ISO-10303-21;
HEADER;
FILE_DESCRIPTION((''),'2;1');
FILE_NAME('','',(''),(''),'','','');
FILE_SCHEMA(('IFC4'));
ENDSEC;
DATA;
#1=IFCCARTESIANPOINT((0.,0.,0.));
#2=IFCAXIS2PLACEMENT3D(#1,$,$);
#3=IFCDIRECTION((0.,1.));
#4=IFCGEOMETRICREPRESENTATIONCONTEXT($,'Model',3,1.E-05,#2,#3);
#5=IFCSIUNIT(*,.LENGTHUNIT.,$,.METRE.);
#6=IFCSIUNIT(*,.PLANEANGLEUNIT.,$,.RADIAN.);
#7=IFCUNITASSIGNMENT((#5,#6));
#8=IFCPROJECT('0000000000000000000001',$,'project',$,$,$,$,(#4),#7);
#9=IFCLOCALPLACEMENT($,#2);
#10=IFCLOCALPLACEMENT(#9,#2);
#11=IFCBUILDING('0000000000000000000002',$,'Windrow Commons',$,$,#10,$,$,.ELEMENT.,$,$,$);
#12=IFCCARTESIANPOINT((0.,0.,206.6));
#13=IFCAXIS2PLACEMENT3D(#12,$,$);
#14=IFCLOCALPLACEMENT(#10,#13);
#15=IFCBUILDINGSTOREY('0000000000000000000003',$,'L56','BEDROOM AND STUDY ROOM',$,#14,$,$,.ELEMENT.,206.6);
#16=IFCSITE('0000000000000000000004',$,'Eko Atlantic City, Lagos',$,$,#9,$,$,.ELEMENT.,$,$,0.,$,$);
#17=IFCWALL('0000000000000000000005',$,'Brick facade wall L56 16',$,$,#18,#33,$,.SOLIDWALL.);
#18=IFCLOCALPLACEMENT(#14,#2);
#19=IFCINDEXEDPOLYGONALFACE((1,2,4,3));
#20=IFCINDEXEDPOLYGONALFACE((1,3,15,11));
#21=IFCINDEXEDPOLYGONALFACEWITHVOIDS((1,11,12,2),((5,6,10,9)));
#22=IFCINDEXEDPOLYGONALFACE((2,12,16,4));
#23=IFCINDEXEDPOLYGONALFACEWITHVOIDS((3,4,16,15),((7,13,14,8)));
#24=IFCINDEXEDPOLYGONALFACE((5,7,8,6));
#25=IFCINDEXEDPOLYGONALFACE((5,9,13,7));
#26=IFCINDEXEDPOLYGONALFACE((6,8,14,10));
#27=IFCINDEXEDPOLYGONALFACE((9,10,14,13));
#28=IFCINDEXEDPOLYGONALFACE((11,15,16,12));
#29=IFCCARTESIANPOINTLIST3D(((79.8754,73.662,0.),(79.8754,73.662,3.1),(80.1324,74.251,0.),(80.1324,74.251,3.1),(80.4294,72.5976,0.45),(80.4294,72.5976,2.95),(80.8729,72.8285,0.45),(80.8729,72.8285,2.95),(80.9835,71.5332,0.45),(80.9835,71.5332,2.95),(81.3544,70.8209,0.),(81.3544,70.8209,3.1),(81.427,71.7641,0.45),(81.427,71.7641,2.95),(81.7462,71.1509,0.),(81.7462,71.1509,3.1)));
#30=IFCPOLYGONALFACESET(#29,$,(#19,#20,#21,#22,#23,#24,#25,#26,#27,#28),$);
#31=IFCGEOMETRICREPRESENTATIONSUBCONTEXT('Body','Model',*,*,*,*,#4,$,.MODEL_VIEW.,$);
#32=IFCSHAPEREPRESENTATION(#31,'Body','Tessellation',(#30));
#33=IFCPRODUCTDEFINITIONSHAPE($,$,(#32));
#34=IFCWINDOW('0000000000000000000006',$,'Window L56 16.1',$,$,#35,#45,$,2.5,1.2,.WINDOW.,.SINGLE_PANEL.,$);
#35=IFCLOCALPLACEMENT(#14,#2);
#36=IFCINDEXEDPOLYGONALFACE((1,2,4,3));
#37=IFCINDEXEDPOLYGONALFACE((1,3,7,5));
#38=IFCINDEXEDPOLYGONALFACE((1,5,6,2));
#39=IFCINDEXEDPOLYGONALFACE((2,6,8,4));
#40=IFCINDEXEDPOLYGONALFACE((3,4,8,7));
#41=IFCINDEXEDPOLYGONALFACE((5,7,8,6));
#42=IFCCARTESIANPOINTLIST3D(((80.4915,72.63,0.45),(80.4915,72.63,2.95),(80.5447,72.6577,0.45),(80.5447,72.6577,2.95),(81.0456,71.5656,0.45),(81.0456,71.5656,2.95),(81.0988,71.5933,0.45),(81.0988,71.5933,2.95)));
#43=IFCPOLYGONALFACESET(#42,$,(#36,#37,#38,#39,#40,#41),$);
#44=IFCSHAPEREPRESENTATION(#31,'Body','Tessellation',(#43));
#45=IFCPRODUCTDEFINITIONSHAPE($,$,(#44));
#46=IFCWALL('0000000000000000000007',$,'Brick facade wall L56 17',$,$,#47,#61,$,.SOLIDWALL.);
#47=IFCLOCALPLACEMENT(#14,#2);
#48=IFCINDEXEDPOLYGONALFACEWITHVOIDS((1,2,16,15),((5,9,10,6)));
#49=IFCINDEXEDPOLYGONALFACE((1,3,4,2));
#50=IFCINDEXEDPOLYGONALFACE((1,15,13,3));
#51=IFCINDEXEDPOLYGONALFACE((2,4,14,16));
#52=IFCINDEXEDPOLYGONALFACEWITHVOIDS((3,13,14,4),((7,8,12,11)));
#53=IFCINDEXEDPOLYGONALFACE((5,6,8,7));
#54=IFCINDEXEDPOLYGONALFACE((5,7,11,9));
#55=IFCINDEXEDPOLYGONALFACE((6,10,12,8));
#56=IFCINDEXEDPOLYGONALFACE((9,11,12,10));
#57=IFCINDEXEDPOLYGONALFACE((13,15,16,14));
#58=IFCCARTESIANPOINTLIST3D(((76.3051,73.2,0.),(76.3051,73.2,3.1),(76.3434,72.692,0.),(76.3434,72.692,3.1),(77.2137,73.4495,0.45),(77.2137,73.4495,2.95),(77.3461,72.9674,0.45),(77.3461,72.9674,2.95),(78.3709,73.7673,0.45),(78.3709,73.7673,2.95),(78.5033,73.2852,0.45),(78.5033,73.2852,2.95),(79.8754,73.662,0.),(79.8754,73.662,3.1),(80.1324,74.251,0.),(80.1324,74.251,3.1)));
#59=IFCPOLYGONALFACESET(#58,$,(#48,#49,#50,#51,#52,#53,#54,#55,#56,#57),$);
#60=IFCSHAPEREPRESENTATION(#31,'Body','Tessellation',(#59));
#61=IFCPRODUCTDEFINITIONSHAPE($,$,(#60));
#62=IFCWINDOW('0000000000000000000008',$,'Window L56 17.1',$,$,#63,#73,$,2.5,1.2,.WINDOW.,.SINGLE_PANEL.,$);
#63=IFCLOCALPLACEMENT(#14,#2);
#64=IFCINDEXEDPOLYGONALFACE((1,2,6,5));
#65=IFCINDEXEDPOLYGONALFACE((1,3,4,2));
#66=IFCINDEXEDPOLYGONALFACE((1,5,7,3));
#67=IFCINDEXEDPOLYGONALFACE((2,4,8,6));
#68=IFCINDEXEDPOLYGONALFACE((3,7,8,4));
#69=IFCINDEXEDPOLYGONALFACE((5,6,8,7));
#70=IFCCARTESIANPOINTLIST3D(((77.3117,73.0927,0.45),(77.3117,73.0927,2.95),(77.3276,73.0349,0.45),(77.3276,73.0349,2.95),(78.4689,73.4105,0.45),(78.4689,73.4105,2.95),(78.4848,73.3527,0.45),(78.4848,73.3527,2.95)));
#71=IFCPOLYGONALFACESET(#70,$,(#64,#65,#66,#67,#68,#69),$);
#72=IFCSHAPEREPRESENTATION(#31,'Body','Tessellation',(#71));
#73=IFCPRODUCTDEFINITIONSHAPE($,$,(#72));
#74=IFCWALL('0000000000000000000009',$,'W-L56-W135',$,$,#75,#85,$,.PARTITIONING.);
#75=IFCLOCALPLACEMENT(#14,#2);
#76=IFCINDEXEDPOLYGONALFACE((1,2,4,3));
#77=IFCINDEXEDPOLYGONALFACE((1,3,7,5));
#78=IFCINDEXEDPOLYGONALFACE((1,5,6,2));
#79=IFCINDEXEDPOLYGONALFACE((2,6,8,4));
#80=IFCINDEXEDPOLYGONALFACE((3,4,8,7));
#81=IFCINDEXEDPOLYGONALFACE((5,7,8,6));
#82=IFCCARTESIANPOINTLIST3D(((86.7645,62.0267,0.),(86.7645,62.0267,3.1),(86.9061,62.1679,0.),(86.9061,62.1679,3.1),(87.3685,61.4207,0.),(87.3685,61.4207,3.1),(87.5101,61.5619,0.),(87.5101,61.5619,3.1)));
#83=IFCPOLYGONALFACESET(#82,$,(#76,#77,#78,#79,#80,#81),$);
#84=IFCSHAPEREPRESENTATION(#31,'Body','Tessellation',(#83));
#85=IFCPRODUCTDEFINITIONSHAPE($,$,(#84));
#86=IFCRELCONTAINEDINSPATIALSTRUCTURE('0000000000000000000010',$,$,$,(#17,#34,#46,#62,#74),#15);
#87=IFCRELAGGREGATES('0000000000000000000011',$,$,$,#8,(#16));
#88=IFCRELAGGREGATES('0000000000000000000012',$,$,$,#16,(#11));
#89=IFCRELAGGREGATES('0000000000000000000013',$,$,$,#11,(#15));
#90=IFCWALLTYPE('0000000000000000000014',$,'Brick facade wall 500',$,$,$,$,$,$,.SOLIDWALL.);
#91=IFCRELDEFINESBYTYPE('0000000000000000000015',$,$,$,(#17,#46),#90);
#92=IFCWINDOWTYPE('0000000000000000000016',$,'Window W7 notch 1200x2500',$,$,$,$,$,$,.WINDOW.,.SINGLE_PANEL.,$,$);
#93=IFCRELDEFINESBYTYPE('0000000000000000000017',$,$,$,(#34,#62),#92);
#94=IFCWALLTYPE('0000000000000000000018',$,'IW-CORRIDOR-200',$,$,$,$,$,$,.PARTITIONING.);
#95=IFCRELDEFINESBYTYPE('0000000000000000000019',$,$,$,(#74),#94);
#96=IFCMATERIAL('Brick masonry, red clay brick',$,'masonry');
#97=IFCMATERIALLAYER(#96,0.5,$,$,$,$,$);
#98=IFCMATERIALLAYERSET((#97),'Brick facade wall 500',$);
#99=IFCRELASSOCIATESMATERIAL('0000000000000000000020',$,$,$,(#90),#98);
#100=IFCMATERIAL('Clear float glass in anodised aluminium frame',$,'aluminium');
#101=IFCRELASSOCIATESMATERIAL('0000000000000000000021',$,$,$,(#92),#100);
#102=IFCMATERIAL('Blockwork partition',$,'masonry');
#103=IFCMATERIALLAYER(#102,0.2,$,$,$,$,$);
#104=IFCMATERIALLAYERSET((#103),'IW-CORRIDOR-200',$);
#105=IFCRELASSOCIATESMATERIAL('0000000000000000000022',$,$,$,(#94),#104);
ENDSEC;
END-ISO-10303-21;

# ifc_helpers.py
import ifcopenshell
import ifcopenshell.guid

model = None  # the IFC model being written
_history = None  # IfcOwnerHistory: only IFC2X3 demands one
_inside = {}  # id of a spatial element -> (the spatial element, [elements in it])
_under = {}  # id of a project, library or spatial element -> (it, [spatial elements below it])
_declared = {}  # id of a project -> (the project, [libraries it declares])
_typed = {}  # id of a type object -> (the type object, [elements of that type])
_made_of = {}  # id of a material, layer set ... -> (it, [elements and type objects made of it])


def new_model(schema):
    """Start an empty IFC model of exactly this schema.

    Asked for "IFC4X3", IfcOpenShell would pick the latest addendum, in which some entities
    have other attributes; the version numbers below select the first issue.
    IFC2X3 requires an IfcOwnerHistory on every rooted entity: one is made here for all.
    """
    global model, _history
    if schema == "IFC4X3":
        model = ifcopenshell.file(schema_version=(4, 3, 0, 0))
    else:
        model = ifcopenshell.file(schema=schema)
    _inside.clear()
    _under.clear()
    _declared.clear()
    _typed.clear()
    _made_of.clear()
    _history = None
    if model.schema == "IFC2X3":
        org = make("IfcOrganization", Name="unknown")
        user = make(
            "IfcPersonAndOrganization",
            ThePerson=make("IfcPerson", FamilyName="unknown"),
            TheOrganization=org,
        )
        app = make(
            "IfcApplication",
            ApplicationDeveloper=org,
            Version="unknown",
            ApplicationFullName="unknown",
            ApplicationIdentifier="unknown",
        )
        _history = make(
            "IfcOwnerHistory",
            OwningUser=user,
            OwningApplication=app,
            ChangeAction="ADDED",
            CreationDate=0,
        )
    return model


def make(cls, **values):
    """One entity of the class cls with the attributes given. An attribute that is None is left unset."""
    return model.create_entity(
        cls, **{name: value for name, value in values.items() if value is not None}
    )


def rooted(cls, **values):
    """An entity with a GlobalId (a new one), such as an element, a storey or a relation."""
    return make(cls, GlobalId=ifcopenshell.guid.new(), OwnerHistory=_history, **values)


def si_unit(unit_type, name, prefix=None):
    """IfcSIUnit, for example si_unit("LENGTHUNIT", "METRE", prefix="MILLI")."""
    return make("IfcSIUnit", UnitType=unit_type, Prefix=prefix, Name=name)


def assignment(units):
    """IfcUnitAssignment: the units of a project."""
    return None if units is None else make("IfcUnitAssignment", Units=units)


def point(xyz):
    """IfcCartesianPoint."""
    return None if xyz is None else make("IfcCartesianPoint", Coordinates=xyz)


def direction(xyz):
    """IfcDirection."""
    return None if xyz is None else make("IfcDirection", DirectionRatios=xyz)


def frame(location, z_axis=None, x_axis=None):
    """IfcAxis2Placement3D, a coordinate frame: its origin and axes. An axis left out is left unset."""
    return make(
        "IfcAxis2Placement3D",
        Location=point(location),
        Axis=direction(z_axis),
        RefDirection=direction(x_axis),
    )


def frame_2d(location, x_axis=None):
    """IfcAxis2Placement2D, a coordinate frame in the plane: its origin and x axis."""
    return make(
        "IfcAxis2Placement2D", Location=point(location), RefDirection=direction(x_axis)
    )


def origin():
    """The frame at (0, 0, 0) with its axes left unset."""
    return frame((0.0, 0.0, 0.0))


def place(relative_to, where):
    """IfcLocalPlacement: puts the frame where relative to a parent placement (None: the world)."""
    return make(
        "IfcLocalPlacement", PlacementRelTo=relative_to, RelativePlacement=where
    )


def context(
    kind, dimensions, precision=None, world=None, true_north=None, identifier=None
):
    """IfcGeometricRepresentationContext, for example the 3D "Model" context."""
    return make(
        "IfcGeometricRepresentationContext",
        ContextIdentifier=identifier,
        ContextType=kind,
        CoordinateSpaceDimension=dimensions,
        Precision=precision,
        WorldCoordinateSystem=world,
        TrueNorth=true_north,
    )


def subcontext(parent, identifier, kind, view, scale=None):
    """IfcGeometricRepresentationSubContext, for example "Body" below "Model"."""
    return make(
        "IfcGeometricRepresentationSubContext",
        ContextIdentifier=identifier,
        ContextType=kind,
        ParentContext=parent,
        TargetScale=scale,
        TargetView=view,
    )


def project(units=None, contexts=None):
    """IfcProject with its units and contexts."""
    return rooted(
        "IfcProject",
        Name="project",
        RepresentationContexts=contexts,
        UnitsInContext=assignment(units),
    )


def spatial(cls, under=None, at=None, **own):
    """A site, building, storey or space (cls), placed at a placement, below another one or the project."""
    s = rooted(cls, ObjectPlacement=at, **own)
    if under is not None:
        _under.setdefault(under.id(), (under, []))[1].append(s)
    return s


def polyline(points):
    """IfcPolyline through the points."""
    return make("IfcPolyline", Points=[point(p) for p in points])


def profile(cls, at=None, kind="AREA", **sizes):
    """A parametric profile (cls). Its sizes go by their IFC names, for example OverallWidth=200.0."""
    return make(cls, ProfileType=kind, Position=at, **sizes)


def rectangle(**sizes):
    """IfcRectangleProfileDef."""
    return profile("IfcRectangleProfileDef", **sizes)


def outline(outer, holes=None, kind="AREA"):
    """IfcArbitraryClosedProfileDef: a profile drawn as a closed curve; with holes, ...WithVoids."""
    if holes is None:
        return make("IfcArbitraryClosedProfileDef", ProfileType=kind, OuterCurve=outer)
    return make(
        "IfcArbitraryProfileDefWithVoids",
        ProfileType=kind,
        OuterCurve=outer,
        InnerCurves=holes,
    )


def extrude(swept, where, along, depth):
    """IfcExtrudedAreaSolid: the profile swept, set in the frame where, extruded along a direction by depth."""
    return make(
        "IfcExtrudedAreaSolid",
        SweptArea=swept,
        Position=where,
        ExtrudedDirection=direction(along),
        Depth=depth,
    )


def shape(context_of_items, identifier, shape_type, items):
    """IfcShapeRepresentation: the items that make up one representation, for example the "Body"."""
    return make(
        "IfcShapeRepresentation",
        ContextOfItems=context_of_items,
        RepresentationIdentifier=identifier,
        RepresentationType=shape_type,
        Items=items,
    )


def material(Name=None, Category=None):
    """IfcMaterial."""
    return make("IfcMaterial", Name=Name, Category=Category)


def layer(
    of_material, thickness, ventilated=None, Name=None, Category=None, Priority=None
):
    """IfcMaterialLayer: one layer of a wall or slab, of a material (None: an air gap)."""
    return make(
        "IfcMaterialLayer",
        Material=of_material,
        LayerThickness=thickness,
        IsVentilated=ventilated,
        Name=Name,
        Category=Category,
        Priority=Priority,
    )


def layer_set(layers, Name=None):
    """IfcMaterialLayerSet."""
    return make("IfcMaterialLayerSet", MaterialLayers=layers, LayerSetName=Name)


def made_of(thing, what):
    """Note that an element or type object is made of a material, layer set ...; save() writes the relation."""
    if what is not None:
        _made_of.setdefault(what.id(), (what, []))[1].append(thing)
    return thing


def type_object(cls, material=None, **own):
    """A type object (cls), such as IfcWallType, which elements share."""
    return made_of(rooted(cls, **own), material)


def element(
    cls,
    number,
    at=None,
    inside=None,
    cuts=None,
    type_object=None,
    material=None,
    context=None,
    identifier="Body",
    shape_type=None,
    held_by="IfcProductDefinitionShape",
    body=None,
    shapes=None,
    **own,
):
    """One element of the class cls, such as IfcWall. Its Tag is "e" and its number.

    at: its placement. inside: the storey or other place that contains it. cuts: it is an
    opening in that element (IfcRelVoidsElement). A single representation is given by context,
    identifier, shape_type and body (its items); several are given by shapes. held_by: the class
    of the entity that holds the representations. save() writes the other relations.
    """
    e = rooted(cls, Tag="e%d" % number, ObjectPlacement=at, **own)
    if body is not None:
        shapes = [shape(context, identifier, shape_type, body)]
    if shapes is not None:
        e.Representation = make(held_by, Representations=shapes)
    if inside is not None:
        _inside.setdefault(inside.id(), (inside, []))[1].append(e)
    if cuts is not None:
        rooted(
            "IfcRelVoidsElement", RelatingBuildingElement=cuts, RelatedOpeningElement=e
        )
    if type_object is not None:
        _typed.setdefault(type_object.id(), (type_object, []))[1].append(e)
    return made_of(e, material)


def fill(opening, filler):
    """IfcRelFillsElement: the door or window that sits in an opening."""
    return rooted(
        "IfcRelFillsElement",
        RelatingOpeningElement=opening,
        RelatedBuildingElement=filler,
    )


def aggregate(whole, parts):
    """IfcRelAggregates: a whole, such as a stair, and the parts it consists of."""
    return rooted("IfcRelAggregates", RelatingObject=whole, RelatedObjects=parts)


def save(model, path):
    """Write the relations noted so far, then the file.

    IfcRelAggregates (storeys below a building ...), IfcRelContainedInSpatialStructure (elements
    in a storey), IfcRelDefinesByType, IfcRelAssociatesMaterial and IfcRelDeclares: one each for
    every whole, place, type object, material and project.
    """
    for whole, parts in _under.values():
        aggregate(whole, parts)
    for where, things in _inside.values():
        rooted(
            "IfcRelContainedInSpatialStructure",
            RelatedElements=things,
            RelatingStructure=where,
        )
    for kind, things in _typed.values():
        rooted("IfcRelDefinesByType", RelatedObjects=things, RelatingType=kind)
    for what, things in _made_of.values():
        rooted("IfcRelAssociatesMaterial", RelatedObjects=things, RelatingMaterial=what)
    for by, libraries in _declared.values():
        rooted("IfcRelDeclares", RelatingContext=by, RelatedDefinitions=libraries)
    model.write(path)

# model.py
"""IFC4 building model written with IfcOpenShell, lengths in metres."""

from ifc_helpers import new_model, si_unit, direction, frame, frame_2d, origin, place, context, subcontext, project, spatial, polyline, rectangle, outline, extrude, material, layer, layer_set, type_object, element, fill, save


model = new_model("IFC4")

# Units and contexts
model_context = context("Model", 3, precision=1e-05, world=origin(), true_north=direction((0.0, 1.0)))
body_context = subcontext(model_context, "Body", "Model", "MODEL_VIEW")
ifc_project = project(units=[si_unit("LENGTHUNIT", "METRE"), si_unit("PLANEANGLEUNIT", "RADIAN")], contexts=[model_context])

# Site, building, storey
site_placement = place(None, origin())
site = spatial("IfcSite", under=ifc_project, at=site_placement, Name="Eko Atlantic City, Lagos", CompositionType="ELEMENT", RefElevation=0.0)
building_placement = place(site_placement, origin())
building = spatial("IfcBuilding", under=site, at=building_placement, Name="Windrow Commons", CompositionType="ELEMENT")
storey_placement = place(building_placement, frame((0.0, 0.0, 206.6)))
storey = spatial("IfcBuildingStorey", under=building, at=storey_placement, Name="L56", Description="BEDROOM AND STUDY ROOM", CompositionType="ELEMENT", Elevation=206.6)

# Walls, openings, windows
ifc_material_1 = material(Name="Brick masonry, red clay brick", Category="masonry")
ifc_layer_1 = layer(ifc_material_1, 0.5)
ifc_layer_set_1 = layer_set([ifc_layer_1], Name="Brick facade wall 500")
wall_type_1 = type_object("IfcWallType", Name="Brick facade wall 500", PredefinedType="SOLIDWALL", material=ifc_layer_set_1)
ifc_material_2 = material(Name="Clear float glass in anodised aluminium frame", Category="aluminium")
window_type = type_object("IfcWindowType", Name="Window W7 notch 1200x2500", PartitioningType="SINGLE_PANEL", PredefinedType="WINDOW", material=ifc_material_2)
wall_1_placement = place(storey_placement, frame((81.5503, 70.9859, 0.0), z_axis=(0.0, 0.0, 1.0), x_axis=(-0.461749, 0.88701, 0.0)))
wall_1 = element("IfcWall", 1, at=wall_1_placement, inside=storey, type_object=wall_type_1, Name="Brick facade wall L56 16", PredefinedType="SOLIDWALL", context=body_context, shape_type="SweptSolid", body=[
    extrude(outline(polyline([(0.0559, -0.25), (3.5509, -0.25), (3.1471, 0.25), (-0.0559, 0.25), (0.0559, -0.25)])), origin(), (0.0, 0.0, 1.0), 3.1),
])
opening_1_placement = place(wall_1_placement, frame((0.7472, 0.0, 0.45)))
opening_1 = element("IfcOpeningElement", 2, at=opening_1_placement, cuts=wall_1, PredefinedType="OPENING", context=body_context, shape_type="SweptSolid", body=[
    extrude(rectangle(XDim=1.2, YDim=2.5, at=frame_2d((0.6, 1.25))), frame((0.0, 0.26, 0.0), z_axis=(0.0, -1.0, 0.0), x_axis=(1.0, 0.0, 0.0)), (0.0, 0.0, 1.0), 0.52),
])
window_1_placement = place(opening_1_placement, origin())
window_1 = element("IfcWindow", 3, at=window_1_placement, inside=storey, type_object=window_type, Name="Window L56 16.1", OverallHeight=2.5, OverallWidth=1.2, PartitioningType="SINGLE_PANEL", PredefinedType="WINDOW", context=body_context, shape_type="SweptSolid", body=[
    extrude(rectangle(XDim=1.2, YDim=2.5, at=frame_2d((0.6, 1.25))), frame((0.0, 0.18, 0.0), z_axis=(0.0, -1.0, 0.0), x_axis=(1.0, 0.0, 0.0)), (0.0, 0.0, 1.0), 0.06),
])
fill(opening_1, window_1)
wall_2_placement = place(storey_placement, frame((80.0039, 73.9565, 0.0), z_axis=(0.0, 0.0, 1.0), x_axis=(-0.9643, -0.264811, 0.0)))
wall_2 = element("IfcWall", 4, at=wall_2_placement, inside=storey, type_object=wall_type_1, Name="Brick facade wall L56 17", PredefinedType="SOLIDWALL", context=body_context, shape_type="SweptSolid", body=[
    extrude(outline(polyline([(-0.2019, -0.25), (3.7671, -0.25), (3.8647, 0.25), (0.2019, 0.25), (-0.2019, -0.25)])), origin(), (0.0, 0.0, 1.0), 3.1),
])
opening_2_placement = place(wall_2_placement, frame((1.6248, 0.0, 0.45)))
opening_2 = element("IfcOpeningElement", 5, at=opening_2_placement, cuts=wall_2, PredefinedType="OPENING", context=body_context, shape_type="SweptSolid", body=[
    extrude(rectangle(XDim=1.2, YDim=2.5, at=frame_2d((0.6, 1.25))), frame((0.0, 0.26, 0.0), z_axis=(0.0, -1.0, 0.0), x_axis=(1.0, 0.0, 0.0)), (0.0, 0.0, 1.0), 0.52),
])
window_2_placement = place(opening_2_placement, origin())
window_2 = element("IfcWindow", 6, at=window_2_placement, inside=storey, type_object=window_type, Name="Window L56 17.1", OverallHeight=2.5, OverallWidth=1.2, PartitioningType="SINGLE_PANEL", PredefinedType="WINDOW", context=body_context, shape_type="SweptSolid", body=[
    extrude(rectangle(XDim=1.2, YDim=2.5, at=frame_2d((0.6, 1.25))), frame((0.0, 0.18, 0.0), z_axis=(0.0, -1.0, 0.0), x_axis=(1.0, 0.0, 0.0)), (0.0, 0.0, 1.0), 0.06),
])
fill(opening_2, window_2)

# Wall
ifc_material_3 = material(Name="Blockwork partition", Category="masonry")
ifc_layer_2 = layer(ifc_material_3, 0.2)
ifc_layer_set_2 = layer_set([ifc_layer_2], Name="IW-CORRIDOR-200")
wall_type_2 = type_object("IfcWallType", Name="IW-CORRIDOR-200", PredefinedType="PARTITIONING", material=ifc_layer_set_2)
wall_3_placement = place(storey_placement, frame((86.8353, 62.0973, 0.0), z_axis=(0.0, 0.0, 1.0), x_axis=(0.705937, -0.708275, 0.0)))
element("IfcWall", 7, at=wall_3_placement, inside=storey, type_object=wall_type_2, Name="W-L56-W135", PredefinedType="PARTITIONING", context=body_context, shape_type="SweptSolid", body=[
    extrude(rectangle(XDim=0.8556, YDim=0.2, at=frame_2d((0.4278, 0.0))), origin(), (0.0, 0.0, 1.0), 3.1),
])

save(model, "model.ifc")
